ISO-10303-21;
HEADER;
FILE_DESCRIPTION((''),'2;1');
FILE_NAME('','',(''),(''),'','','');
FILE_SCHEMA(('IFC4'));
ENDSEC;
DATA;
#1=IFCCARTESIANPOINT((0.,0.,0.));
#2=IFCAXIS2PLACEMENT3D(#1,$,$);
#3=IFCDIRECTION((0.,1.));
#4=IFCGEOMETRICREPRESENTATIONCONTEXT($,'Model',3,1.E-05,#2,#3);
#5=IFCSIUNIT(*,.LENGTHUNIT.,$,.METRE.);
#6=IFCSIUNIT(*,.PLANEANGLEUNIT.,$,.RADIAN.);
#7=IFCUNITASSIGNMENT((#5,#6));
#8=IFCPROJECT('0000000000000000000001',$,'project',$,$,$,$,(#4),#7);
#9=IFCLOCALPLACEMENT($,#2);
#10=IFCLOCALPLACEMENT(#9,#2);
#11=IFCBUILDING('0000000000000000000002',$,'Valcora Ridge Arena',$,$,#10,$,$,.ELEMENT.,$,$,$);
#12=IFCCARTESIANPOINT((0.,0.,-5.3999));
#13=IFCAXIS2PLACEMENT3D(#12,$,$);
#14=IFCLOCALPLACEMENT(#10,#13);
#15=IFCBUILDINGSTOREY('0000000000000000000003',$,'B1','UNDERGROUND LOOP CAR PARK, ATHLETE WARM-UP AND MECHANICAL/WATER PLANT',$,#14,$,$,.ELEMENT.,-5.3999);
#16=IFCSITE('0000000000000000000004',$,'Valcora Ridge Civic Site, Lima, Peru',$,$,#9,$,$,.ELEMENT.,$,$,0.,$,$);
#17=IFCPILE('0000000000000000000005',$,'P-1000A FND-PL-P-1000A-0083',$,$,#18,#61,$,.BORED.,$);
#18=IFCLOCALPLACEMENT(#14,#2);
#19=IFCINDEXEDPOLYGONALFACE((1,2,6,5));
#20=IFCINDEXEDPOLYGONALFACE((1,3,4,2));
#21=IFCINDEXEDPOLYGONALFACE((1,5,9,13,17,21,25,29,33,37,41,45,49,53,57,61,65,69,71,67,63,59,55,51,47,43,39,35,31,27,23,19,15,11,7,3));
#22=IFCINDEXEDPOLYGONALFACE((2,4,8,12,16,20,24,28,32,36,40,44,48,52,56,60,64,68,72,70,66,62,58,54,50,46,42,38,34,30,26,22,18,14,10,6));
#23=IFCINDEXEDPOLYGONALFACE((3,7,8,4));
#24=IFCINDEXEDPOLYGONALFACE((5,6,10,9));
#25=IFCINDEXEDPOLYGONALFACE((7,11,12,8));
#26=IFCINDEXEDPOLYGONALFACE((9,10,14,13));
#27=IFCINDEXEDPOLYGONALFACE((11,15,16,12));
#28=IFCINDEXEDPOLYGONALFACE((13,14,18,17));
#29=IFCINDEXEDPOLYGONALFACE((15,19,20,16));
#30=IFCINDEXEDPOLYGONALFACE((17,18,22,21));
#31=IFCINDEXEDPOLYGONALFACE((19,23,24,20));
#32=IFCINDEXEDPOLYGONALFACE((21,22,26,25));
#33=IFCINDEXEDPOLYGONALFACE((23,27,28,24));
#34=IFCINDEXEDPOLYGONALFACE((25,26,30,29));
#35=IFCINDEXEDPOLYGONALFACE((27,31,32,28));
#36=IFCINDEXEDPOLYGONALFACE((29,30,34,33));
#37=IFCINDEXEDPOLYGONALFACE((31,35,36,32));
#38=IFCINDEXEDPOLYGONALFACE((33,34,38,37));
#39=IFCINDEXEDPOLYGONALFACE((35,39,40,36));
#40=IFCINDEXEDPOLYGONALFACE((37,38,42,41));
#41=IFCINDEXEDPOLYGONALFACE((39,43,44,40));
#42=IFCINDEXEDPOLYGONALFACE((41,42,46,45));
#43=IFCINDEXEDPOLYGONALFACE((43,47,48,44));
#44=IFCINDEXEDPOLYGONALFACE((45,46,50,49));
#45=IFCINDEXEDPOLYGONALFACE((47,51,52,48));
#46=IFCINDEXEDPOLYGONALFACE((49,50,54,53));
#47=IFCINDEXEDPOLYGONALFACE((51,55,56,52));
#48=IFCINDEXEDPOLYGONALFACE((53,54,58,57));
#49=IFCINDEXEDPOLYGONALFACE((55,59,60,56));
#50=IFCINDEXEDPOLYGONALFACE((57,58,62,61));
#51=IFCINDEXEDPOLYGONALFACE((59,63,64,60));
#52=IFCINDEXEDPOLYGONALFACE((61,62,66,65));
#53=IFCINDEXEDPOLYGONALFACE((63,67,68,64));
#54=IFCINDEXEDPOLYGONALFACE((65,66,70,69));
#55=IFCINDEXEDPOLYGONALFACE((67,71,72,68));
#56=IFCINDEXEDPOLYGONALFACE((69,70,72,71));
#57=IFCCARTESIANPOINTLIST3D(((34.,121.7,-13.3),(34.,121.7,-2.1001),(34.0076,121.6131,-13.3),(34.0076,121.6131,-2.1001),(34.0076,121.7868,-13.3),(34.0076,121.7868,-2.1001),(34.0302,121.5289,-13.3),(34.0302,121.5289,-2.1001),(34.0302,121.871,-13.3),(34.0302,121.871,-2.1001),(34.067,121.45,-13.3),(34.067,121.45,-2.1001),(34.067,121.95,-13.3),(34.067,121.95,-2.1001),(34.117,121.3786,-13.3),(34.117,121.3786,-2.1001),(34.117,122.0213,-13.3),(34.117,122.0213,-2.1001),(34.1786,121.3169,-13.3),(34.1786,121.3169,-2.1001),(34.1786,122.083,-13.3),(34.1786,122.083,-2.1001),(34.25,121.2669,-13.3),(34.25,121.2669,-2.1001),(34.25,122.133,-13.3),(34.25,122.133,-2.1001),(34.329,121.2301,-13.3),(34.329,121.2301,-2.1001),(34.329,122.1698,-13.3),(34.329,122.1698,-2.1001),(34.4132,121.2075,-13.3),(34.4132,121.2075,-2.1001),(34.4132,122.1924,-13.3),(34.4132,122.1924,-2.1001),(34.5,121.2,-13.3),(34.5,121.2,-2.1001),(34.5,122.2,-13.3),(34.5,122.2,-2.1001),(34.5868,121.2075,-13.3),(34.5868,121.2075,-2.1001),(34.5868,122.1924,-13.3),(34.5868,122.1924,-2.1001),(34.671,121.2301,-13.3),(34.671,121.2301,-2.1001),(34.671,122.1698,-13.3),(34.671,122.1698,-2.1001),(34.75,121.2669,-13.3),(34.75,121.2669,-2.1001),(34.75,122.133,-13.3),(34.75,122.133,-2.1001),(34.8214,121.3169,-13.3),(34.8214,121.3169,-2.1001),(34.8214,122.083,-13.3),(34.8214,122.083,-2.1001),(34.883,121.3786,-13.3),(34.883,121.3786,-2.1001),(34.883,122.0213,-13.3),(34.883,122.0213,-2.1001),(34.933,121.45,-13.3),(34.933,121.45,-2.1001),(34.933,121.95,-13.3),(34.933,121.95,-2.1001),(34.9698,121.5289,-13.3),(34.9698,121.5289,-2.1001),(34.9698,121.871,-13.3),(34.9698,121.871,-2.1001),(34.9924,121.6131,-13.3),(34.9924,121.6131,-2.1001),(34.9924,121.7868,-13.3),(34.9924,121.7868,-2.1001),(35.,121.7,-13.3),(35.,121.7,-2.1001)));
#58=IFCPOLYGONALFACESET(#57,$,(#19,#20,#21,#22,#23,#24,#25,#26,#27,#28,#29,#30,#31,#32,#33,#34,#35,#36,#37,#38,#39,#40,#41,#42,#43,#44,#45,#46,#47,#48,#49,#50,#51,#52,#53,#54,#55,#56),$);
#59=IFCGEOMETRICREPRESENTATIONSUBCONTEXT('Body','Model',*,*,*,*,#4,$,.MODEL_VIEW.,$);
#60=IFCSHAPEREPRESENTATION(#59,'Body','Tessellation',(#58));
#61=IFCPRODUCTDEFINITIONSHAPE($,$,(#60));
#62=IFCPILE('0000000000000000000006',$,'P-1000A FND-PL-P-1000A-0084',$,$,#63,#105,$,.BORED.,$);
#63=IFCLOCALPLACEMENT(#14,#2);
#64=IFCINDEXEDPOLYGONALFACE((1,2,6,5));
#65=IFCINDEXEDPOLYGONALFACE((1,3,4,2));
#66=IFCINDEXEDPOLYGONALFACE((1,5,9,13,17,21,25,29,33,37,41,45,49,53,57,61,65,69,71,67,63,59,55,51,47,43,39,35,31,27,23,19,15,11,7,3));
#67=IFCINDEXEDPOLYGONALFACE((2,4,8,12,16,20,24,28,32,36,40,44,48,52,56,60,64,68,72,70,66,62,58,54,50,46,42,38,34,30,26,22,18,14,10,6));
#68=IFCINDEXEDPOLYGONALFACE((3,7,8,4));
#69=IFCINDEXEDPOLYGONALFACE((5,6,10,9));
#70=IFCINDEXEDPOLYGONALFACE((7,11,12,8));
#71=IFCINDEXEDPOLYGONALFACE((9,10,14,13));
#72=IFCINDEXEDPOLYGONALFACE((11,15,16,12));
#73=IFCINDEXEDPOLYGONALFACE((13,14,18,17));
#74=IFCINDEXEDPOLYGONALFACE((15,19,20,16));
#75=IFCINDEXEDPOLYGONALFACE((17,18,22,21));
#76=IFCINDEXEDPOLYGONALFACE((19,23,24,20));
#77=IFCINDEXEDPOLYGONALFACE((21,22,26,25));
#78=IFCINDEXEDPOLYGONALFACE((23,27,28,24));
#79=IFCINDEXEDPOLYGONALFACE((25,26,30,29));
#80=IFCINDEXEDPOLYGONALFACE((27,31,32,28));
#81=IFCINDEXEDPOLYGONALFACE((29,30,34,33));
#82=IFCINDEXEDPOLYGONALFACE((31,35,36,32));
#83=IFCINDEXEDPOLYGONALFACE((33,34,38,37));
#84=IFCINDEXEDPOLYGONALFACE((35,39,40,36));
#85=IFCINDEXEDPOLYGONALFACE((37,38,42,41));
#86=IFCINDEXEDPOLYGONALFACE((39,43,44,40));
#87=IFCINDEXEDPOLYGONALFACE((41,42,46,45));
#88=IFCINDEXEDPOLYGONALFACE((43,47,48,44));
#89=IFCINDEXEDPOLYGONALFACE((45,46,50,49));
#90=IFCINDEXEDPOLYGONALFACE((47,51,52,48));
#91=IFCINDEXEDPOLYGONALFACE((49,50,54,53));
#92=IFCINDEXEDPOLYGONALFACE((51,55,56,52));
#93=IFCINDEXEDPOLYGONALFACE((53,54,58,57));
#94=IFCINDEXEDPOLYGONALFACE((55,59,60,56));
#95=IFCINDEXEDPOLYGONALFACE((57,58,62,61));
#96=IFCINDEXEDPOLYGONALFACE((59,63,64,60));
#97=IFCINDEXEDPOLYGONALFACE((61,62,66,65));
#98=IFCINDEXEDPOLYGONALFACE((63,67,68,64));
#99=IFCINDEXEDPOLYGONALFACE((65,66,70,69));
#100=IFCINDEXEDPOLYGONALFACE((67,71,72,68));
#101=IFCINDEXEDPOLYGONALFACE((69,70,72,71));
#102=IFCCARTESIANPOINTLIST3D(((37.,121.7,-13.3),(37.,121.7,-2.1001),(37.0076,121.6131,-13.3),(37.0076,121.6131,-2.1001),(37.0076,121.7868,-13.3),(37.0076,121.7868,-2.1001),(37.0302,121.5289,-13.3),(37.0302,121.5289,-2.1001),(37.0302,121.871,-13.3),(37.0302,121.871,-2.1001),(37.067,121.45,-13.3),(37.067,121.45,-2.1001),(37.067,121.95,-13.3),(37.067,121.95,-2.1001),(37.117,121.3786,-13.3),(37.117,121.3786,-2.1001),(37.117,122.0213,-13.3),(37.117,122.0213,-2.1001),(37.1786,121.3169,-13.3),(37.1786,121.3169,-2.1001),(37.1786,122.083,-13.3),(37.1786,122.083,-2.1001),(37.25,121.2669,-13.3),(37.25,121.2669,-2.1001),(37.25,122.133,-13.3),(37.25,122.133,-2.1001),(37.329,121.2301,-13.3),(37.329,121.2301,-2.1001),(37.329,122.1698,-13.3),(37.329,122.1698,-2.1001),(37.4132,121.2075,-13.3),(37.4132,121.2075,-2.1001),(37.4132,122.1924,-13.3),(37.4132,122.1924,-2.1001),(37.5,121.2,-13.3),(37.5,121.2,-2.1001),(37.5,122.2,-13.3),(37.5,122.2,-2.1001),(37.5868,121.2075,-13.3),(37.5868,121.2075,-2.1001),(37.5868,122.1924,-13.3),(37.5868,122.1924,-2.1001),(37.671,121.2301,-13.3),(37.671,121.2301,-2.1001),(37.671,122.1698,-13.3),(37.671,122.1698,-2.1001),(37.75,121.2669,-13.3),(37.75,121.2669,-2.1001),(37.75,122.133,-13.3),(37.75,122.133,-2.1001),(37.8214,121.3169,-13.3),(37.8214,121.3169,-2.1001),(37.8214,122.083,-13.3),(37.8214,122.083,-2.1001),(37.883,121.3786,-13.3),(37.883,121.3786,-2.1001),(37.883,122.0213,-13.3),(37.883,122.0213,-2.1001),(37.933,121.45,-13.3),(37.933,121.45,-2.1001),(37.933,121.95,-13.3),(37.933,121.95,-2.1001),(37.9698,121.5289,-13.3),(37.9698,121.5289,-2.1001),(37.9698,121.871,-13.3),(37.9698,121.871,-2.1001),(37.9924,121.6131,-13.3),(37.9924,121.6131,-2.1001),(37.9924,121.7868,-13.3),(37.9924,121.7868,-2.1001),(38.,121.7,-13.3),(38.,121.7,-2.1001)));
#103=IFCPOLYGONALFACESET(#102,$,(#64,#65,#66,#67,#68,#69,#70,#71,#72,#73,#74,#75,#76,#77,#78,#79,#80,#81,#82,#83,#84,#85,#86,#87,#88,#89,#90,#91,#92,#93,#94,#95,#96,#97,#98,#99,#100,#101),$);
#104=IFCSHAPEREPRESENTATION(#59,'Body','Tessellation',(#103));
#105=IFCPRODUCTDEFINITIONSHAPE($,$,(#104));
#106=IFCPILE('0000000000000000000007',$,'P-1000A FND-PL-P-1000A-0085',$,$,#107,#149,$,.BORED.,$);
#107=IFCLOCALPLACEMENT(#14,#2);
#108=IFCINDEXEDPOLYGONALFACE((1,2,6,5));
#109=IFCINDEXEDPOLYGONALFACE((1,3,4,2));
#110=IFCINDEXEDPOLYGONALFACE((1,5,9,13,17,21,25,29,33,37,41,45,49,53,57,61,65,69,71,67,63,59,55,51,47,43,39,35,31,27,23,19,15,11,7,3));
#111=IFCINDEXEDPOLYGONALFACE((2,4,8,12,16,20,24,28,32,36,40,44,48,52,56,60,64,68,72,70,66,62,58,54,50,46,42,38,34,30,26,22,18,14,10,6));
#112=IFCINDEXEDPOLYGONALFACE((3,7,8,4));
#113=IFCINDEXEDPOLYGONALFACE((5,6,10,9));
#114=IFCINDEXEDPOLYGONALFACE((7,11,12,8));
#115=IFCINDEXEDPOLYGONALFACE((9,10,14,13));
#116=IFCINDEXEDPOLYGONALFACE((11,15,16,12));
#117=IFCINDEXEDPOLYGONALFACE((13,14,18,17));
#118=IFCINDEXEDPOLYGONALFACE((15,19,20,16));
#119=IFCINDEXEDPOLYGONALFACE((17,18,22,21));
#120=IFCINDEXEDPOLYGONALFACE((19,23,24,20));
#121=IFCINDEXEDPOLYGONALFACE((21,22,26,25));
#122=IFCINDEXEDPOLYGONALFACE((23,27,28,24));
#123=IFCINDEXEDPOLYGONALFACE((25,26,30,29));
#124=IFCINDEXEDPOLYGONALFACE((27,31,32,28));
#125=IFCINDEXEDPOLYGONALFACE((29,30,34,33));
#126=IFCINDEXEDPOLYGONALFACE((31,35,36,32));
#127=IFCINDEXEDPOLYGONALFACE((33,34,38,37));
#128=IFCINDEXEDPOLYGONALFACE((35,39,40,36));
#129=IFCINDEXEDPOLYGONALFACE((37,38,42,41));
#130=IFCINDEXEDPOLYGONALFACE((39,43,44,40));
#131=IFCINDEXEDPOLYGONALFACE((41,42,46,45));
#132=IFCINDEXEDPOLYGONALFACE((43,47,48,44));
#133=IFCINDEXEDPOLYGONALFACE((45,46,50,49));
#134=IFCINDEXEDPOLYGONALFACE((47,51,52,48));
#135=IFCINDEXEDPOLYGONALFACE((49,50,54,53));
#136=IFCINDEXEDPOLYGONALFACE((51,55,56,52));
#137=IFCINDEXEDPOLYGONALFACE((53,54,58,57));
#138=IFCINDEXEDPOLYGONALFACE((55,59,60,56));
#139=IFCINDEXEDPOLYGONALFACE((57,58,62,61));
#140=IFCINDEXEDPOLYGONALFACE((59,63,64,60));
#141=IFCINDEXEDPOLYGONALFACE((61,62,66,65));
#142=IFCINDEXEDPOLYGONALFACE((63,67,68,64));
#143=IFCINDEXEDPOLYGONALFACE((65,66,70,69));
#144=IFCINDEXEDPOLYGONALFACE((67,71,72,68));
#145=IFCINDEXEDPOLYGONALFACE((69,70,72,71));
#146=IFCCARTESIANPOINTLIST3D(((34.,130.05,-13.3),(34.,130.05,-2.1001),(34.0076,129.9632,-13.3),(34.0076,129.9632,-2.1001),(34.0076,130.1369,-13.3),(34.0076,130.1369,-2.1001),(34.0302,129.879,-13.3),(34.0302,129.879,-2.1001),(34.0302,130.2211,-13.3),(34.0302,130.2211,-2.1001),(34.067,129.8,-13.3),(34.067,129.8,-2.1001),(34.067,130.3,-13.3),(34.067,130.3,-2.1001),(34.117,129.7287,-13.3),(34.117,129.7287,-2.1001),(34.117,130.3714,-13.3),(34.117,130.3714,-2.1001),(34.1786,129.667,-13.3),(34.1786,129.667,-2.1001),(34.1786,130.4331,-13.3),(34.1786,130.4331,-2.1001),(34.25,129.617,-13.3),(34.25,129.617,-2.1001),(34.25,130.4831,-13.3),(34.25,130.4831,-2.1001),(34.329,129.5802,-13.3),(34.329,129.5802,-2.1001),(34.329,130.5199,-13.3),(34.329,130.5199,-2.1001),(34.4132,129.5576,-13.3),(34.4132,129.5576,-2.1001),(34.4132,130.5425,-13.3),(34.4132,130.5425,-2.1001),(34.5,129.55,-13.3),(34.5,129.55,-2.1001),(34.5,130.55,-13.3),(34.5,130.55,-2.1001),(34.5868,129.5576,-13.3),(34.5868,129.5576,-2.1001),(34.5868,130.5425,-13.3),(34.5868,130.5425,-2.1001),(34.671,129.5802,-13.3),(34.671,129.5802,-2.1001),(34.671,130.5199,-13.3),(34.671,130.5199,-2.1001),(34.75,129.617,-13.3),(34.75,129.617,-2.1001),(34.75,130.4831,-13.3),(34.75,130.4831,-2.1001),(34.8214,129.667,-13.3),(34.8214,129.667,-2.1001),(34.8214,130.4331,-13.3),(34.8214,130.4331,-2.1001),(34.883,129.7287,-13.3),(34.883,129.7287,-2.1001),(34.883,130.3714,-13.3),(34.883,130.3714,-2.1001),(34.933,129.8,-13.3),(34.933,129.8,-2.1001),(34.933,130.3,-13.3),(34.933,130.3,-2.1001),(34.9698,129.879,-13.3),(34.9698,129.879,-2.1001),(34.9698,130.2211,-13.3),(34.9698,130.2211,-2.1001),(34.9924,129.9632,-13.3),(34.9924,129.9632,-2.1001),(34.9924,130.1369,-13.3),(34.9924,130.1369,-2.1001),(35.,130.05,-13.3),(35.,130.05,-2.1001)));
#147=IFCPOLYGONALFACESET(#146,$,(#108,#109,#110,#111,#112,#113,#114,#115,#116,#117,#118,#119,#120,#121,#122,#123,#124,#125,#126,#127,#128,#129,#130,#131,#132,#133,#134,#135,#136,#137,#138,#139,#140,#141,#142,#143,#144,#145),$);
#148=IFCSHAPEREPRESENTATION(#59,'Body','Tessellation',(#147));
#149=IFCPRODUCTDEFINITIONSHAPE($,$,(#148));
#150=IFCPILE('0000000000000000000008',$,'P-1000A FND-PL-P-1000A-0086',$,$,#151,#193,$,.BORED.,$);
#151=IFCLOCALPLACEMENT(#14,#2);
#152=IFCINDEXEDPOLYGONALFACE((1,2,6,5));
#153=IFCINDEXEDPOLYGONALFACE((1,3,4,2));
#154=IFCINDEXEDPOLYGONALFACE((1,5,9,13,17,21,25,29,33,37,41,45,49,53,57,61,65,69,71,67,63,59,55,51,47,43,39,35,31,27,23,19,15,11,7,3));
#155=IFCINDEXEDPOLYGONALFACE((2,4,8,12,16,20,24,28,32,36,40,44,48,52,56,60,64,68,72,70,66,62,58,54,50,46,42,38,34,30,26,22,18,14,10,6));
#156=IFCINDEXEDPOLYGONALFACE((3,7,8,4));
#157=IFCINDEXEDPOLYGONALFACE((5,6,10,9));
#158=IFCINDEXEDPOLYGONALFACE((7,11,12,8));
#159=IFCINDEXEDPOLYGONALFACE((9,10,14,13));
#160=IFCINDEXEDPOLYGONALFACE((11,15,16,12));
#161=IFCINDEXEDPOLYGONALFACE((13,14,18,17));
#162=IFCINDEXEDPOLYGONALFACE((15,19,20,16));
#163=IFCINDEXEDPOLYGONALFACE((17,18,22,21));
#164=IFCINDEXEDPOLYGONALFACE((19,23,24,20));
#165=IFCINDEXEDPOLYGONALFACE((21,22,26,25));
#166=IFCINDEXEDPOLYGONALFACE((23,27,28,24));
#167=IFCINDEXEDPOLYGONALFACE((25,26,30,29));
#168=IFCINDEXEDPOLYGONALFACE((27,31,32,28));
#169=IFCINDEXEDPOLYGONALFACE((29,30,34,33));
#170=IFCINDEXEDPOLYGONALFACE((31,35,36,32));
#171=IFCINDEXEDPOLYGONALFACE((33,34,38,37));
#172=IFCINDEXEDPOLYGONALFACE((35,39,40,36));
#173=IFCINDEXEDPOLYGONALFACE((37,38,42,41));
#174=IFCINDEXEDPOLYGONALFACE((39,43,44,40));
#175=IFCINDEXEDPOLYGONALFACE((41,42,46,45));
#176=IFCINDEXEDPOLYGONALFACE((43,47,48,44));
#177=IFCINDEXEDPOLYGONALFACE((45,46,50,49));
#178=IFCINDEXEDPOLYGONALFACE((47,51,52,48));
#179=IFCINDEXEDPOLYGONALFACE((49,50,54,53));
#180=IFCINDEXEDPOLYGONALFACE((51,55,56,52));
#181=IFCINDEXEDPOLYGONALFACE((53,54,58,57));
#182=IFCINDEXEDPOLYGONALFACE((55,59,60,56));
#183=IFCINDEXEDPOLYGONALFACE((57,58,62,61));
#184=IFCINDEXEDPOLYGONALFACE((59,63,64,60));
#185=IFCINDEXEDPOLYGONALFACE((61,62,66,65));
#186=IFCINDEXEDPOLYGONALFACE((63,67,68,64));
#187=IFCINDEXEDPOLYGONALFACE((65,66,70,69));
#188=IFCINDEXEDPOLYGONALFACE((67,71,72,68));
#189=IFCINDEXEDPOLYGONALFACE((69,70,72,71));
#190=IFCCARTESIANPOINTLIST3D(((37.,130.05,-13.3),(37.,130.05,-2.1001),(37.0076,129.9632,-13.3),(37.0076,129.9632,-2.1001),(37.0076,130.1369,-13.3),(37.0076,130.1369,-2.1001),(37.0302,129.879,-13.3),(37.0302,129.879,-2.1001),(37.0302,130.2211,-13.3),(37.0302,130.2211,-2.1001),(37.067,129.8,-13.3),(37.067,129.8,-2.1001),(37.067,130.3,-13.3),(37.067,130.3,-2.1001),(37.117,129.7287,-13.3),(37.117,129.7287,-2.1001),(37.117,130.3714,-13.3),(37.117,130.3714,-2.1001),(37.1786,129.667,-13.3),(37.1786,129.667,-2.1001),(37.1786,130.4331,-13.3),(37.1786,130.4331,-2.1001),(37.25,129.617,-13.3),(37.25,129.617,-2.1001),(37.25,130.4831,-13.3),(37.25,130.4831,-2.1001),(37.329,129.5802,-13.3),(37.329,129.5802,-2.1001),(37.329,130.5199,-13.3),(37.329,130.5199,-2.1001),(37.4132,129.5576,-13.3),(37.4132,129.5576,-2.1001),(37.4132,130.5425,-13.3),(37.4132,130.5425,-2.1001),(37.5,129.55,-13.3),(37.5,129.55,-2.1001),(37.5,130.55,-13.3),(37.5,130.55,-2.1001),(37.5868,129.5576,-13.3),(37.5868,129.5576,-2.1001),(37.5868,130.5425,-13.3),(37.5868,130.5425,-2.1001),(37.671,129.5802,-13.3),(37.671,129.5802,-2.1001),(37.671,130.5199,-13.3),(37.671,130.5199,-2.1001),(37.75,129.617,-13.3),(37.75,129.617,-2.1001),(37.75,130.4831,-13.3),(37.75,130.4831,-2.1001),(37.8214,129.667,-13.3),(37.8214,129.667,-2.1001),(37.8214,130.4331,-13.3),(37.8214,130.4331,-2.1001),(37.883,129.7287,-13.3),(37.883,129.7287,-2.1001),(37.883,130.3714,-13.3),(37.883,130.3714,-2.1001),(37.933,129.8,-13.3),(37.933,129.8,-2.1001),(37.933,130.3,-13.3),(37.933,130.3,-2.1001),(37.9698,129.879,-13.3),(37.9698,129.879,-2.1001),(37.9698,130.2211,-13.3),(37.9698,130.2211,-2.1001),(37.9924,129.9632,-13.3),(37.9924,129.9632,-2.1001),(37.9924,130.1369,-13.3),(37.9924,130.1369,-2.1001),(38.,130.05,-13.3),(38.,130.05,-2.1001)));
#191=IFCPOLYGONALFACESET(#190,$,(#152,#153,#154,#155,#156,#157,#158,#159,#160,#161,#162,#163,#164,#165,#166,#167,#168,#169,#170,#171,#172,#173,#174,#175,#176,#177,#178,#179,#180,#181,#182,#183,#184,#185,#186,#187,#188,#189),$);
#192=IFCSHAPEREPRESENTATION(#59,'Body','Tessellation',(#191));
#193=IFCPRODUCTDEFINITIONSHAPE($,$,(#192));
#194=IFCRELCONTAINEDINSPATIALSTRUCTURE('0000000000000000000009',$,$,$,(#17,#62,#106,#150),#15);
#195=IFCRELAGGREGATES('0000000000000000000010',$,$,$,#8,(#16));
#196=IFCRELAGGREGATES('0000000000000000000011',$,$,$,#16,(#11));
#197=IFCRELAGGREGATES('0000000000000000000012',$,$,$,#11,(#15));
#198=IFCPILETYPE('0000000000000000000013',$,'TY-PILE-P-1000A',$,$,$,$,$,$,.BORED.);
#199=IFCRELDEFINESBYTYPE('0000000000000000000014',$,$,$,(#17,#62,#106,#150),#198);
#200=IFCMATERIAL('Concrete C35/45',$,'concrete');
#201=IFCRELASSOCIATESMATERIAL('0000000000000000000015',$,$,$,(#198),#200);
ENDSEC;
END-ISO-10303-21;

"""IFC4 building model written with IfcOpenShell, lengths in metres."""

from ifc_helpers import new_model, si_unit, direction, frame, origin, origin_2d, place, context, subcontext, project, spatial, circle, extrude, material, material_profile, profile_set, type_object, element, save


model = new_model("IFC4")

# Units and contexts
model_context = context("Model", 3, precision=1e-05, world=origin(), true_north=direction((0.0, 1.0)))
body_context = subcontext(model_context, "Body", "Model", "MODEL_VIEW")
ifc_project = project(units=[si_unit("LENGTHUNIT", "METRE"), si_unit("PLANEANGLEUNIT", "RADIAN")], contexts=[model_context])

# Site, building, storey
site_placement = place(None, origin())
site = spatial("IfcSite", under=ifc_project, at=site_placement, Name="Valcora Ridge Civic Site, Lima, Peru", CompositionType="ELEMENT", RefElevation=0.0)
building_placement = place(site_placement, origin())
building = spatial("IfcBuilding", under=site, at=building_placement, Name="Valcora Ridge Arena", CompositionType="ELEMENT")
storey_placement = place(building_placement, frame((0.0, 0.0, -5.3999)))
storey = spatial("IfcBuildingStorey", under=building, at=storey_placement, Name="B1", Description="UNDERGROUND LOOP CAR PARK, ATHLETE WARM-UP AND MECHANICAL/WATER PLANT", CompositionType="ELEMENT", Elevation=-5.3999)

# Piles
ifc_material_1 = material(Name="Concrete C35/45", Category="concrete")
ifc_material_profile_1 = material_profile(ifc_material_1, circle(Radius=0.5, at=origin_2d()), Name="BORED PILE D1000")
ifc_profile_set_1 = profile_set([ifc_material_profile_1], Name="Concrete C35/45")
pile_type_1 = type_object("IfcPileType", Name="TY-PILE-P-1000A", PredefinedType="BORED", material=ifc_profile_set_1)
for number, where, z_axis, x_axis, name in (
    (1, (34.5, 121.7, -2.1001), (0.0, 0.0, -1.0), (1.0, 0.0, 0.0), "P-1000A FND-PL-P-1000A-0083"),
    (2, (37.5, 121.7, -2.1001), (0.0, 0.0, -1.0), (1.0, 0.0, 0.0), "P-1000A FND-PL-P-1000A-0084"),
    (3, (34.5, 130.05, -2.1001), (0.0, 0.0, -1.0), (1.0, 0.0, 0.0), "P-1000A FND-PL-P-1000A-0085"),
    (4, (37.5, 130.05, -2.1001), (0.0, 0.0, -1.0), (1.0, 0.0, 0.0), "P-1000A FND-PL-P-1000A-0086"),
):
    element("IfcPile", number, at=place(storey_placement, frame(where, z_axis=z_axis, x_axis=x_axis)), inside=storey, type_object=pile_type_1, Name=name, PredefinedType="BORED", context=body_context, shape_type="SweptSolid", body=[
        extrude(circle(Radius=0.5, at=origin_2d()), origin(), (0.0, 0.0, 1.0), 11.2),
    ])

save(model, "model.ifc")
